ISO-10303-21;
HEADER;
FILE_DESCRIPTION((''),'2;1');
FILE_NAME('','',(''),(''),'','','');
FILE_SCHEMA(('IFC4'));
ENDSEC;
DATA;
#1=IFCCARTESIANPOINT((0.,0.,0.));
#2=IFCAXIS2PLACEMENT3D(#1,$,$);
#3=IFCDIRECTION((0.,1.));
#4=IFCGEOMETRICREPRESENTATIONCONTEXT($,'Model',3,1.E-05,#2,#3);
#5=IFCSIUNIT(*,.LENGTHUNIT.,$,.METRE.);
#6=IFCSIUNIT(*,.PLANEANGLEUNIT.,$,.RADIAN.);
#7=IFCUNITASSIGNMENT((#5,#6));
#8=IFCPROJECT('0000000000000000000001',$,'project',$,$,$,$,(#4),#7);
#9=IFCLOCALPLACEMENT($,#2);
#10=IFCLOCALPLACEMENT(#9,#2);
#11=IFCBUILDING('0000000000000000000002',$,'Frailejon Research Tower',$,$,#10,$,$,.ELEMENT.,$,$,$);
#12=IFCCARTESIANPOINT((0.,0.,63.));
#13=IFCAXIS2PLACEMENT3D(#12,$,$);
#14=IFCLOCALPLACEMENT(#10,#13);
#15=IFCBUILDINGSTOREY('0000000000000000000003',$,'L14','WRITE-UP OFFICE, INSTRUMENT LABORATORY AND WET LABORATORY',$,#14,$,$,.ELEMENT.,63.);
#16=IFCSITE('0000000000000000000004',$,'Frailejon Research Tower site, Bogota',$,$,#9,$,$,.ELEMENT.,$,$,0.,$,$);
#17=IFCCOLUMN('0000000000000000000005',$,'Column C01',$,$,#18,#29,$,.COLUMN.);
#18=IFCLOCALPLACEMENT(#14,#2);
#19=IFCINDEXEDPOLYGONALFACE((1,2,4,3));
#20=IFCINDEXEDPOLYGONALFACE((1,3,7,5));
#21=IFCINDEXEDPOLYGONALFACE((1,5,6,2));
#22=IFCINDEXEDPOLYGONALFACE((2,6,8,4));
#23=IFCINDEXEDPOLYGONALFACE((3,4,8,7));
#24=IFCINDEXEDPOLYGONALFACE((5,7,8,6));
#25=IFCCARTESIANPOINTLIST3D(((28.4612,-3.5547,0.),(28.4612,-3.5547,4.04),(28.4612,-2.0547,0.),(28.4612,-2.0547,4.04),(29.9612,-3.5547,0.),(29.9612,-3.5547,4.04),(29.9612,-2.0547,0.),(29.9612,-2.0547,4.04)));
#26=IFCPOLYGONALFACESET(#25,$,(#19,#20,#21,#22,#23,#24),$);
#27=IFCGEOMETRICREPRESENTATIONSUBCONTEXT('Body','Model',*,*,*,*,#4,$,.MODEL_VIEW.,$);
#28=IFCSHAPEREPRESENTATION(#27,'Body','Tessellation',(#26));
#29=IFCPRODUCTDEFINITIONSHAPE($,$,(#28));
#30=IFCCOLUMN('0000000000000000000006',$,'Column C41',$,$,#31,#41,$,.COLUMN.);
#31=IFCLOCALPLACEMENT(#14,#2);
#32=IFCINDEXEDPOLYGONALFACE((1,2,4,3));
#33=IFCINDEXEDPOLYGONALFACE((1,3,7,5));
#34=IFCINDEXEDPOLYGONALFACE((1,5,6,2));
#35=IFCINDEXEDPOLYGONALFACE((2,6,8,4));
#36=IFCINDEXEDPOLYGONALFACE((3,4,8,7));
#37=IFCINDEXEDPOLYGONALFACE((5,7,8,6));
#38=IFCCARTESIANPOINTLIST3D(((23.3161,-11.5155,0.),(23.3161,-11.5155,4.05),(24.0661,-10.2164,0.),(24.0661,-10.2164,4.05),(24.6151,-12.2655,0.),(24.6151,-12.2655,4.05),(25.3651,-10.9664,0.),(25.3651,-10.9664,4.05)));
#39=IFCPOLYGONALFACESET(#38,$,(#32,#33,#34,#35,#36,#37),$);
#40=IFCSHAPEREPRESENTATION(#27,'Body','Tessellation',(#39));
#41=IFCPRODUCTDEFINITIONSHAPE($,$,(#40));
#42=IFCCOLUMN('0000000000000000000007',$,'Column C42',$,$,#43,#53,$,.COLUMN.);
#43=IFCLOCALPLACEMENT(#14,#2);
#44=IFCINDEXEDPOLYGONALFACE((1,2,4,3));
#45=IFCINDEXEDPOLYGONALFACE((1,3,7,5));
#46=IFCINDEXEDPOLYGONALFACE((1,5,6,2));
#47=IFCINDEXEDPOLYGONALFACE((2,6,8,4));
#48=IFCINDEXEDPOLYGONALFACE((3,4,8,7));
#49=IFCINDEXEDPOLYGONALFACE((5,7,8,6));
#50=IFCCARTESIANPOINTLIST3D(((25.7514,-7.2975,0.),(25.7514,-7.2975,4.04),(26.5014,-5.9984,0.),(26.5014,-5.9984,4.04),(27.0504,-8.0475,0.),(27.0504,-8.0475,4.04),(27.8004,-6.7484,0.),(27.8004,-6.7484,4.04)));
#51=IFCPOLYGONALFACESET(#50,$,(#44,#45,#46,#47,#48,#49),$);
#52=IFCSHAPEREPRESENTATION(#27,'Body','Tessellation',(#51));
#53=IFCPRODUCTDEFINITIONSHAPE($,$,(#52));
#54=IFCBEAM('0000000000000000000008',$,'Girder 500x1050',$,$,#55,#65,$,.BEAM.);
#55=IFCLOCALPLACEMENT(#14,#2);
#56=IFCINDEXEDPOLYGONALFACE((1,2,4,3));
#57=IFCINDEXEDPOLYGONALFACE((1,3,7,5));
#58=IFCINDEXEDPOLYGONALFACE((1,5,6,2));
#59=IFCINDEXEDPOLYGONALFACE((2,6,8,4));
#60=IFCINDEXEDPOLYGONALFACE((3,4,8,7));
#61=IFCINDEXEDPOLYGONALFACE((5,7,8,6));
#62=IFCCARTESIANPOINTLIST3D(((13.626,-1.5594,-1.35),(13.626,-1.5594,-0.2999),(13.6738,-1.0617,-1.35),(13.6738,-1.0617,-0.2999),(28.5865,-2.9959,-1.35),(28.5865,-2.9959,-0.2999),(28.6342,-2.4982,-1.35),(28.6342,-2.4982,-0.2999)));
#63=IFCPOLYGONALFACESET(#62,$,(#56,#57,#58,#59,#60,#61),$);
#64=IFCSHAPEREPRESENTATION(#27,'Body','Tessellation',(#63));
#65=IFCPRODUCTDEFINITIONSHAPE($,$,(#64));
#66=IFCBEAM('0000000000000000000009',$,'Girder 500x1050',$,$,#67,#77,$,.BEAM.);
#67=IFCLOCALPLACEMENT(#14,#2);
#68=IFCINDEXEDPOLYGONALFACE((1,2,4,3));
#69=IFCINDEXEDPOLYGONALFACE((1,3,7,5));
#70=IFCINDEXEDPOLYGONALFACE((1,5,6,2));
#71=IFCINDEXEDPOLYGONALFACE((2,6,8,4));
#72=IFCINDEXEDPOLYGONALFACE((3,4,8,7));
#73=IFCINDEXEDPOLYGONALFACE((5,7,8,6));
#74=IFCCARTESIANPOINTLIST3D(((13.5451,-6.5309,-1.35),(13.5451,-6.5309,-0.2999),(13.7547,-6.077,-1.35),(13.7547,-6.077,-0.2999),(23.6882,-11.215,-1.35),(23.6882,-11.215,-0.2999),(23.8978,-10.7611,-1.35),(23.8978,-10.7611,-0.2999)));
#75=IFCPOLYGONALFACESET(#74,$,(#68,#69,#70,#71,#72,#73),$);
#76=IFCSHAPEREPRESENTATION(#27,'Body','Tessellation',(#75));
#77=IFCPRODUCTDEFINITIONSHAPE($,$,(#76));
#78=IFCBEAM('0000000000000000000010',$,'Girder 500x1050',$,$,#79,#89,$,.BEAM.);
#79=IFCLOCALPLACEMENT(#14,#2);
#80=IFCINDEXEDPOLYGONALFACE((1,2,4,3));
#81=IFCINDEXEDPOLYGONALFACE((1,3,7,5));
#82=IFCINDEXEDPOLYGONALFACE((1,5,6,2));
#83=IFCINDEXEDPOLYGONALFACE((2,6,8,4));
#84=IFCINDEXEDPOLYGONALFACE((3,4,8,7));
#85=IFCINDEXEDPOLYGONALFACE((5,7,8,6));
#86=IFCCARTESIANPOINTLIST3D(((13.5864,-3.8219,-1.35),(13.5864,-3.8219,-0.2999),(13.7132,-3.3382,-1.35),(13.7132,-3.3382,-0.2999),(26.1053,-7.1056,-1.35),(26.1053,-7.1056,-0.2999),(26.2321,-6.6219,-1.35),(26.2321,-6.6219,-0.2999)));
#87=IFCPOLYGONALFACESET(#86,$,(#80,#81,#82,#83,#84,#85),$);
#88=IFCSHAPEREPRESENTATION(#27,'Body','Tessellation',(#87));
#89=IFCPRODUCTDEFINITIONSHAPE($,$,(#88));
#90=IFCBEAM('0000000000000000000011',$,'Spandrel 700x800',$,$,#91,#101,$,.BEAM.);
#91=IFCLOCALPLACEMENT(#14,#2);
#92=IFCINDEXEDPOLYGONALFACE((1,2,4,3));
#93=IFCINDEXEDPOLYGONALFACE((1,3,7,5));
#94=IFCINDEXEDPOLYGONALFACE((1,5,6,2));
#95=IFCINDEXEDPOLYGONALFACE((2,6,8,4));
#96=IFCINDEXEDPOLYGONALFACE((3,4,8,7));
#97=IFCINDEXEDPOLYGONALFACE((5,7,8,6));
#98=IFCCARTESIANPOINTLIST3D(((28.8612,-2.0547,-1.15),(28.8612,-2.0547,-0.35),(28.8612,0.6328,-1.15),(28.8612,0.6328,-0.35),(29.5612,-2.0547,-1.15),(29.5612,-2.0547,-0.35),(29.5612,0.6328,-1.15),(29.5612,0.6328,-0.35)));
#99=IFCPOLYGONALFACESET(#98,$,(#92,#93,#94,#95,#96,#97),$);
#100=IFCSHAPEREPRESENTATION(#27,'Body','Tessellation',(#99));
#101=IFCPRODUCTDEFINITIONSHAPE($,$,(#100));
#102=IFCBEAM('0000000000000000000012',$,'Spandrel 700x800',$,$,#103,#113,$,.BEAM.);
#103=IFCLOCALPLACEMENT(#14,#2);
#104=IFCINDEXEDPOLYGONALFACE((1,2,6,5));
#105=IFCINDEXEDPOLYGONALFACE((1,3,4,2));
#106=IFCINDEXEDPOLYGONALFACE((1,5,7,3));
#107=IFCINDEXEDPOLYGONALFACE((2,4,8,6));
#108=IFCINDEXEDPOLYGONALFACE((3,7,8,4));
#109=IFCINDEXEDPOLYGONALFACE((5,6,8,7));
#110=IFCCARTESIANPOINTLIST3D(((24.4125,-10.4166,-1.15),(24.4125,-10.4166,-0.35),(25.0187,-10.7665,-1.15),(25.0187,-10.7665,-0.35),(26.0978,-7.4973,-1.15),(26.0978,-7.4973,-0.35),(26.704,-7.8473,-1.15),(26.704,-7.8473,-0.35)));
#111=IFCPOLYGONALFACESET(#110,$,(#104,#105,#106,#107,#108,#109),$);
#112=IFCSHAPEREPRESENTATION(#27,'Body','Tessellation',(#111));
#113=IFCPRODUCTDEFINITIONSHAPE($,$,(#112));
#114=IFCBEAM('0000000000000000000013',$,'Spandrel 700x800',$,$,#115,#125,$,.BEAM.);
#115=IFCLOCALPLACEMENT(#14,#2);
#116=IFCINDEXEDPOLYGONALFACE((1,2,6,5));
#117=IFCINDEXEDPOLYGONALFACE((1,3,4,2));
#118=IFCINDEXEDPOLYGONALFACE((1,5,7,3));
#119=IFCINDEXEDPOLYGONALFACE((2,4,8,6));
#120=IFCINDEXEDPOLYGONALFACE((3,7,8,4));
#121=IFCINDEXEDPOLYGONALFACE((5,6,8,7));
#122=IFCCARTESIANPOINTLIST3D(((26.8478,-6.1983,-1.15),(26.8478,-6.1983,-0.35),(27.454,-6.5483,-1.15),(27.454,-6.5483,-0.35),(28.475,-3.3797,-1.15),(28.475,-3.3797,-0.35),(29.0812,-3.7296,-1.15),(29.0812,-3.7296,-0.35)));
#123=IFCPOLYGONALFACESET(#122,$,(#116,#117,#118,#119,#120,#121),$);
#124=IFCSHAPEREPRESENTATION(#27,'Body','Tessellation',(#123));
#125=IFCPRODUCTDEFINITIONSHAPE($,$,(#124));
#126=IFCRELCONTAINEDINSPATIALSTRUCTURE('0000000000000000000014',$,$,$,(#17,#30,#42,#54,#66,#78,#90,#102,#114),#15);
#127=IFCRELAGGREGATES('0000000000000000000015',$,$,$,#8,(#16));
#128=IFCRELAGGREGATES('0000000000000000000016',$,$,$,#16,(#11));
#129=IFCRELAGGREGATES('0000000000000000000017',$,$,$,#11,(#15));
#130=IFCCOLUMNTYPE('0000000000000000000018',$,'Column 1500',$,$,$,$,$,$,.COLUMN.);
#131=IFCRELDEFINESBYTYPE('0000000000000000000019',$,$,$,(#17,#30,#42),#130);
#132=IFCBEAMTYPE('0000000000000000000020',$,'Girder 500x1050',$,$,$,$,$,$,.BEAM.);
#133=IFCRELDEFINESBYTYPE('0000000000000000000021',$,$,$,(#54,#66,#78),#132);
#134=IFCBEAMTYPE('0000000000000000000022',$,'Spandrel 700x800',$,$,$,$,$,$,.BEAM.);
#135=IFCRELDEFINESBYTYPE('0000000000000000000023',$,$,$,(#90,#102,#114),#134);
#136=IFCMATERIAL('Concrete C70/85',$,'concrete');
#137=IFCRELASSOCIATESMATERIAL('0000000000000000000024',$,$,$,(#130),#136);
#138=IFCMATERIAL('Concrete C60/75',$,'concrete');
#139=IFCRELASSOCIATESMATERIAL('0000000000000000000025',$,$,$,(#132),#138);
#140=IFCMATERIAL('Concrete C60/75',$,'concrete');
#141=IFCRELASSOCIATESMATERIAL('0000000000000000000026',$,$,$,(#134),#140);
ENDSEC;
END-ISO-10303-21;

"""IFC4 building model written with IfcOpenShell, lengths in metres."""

from ifc_helpers import new_model, si_unit, direction, frame, origin, origin_2d, place, context, subcontext, project, spatial, rectangle, extrude, material, material_profile, profile_set, type_object, element, save


model = new_model("IFC4")

# Units and contexts
model_context = context("Model", 3, precision=1e-05, world=origin(), true_north=direction((0.0, 1.0)))
body_context = subcontext(model_context, "Body", "Model", "MODEL_VIEW")
ifc_project = project(units=[si_unit("LENGTHUNIT", "METRE"), si_unit("PLANEANGLEUNIT", "RADIAN")], contexts=[model_context])

# Site, building, storey
site_placement = place(None, origin())
site = spatial("IfcSite", under=ifc_project, at=site_placement, Name="Frailejon Research Tower site, Bogota", CompositionType="ELEMENT", RefElevation=0.0)
building_placement = place(site_placement, origin())
building = spatial("IfcBuilding", under=site, at=building_placement, Name="Frailejon Research Tower", CompositionType="ELEMENT")
storey_placement = place(building_placement, frame((0.0, 0.0, 63.0)))
storey = spatial("IfcBuildingStorey", under=building, at=storey_placement, Name="L14", Description="WRITE-UP OFFICE, INSTRUMENT LABORATORY AND WET LABORATORY", CompositionType="ELEMENT", Elevation=63.0)

# Columns
ifc_material_1 = material(Name="Concrete C70/85", Category="concrete")
ifc_material_profile_1 = material_profile(ifc_material_1, rectangle(XDim=1.5, YDim=1.5, at=origin_2d()), Name="Column 1500")
ifc_profile_set_1 = profile_set([ifc_material_profile_1], Name="Concrete C70/85")
column_type = type_object("IfcColumnType", Name="Column 1500", PredefinedType="COLUMN", material=ifc_profile_set_1)
column_1_placement = place(storey_placement, frame((29.2112, -2.8047, 0.0), z_axis=(0.0, 0.0, 1.0), x_axis=(0.0, 1.0, 0.0)))
element("IfcColumn", 1, at=column_1_placement, inside=storey, type_object=column_type, Name="Column C01", PredefinedType="COLUMN", context=body_context, shape_type="SweptSolid", body=[
    extrude(rectangle(XDim=1.5, YDim=1.5, at=origin_2d()), origin(), (0.0, 0.0, 1.0), 4.04),
])
column_2_placement = place(storey_placement, frame((24.3406, -11.241, 0.0), z_axis=(0.0, 0.0, 1.0), x_axis=(0.5, 0.866025, 0.0)))
element("IfcColumn", 2, at=column_2_placement, inside=storey, type_object=column_type, Name="Column C41", PredefinedType="COLUMN", context=body_context, shape_type="SweptSolid", body=[
    extrude(rectangle(XDim=1.5, YDim=1.5, at=origin_2d()), origin(), (0.0, 0.0, 1.0), 4.05),
])
column_3_placement = place(storey_placement, frame((26.7759, -7.0229, 0.0), z_axis=(0.0, 0.0, 1.0), x_axis=(0.5, 0.866025, 0.0)))
element("IfcColumn", 3, at=column_3_placement, inside=storey, type_object=column_type, Name="Column C42", PredefinedType="COLUMN", context=body_context, shape_type="SweptSolid", body=[
    extrude(rectangle(XDim=1.5, YDim=1.5, at=origin_2d()), origin(), (0.0, 0.0, 1.0), 4.04),
])

# Beams
ifc_material_2 = material(Name="Concrete C60/75", Category="concrete")
ifc_material_profile_2 = material_profile(ifc_material_2, rectangle(XDim=0.5, YDim=1.05, at=origin_2d()), Name="Girder 500x1050")
ifc_profile_set_2 = profile_set([ifc_material_profile_2], Name="Concrete C60/75")
beam_type_1 = type_object("IfcBeamType", Name="Girder 500x1050", PredefinedType="BEAM", material=ifc_profile_set_2)
beam_1_placement = place(storey_placement, frame((28.6104, -2.7471, -0.825), z_axis=(-0.995422, 0.095582, 0.0), x_axis=(-0.095582, -0.995422, 0.0)))
element("IfcBeam", 4, at=beam_1_placement, inside=storey, type_object=beam_type_1, Name="Girder 500x1050", PredefinedType="BEAM", context=body_context, shape_type="SweptSolid", body=[
    extrude(rectangle(XDim=0.5, YDim=1.05, at=origin_2d()), origin(), (0.0, 0.0, 1.0), 15.0293),
])
beam_2_placement = place(storey_placement, frame((23.793, -10.988, -0.825), z_axis=(-0.907869, 0.419255, 0.0), x_axis=(-0.419255, -0.907869, 0.0)))
element("IfcBeam", 5, at=beam_2_placement, inside=storey, type_object=beam_type_1, Name="Girder 500x1050", PredefinedType="BEAM", context=body_context, shape_type="SweptSolid", body=[
    extrude(rectangle(XDim=0.5, YDim=1.05, at=origin_2d()), origin(), (0.0, 0.0, 1.0), 11.1724),
])
beam_3_placement = place(storey_placement, frame((26.1687, -6.8638, -0.825), z_axis=(-0.967278, 0.253718, 0.0), x_axis=(-0.253718, -0.967278, 0.0)))
element("IfcBeam", 6, at=beam_3_placement, inside=storey, type_object=beam_type_1, Name="Girder 500x1050", PredefinedType="BEAM", context=body_context, shape_type="SweptSolid", body=[
    extrude(rectangle(XDim=0.5, YDim=1.05, at=origin_2d()), origin(), (0.0, 0.0, 1.0), 12.9424),
])
ifc_material_3 = material(Name="Concrete C60/75", Category="concrete")
ifc_material_profile_3 = material_profile(ifc_material_3, rectangle(XDim=0.7, YDim=0.8, at=origin_2d()), Name="Spandrel 700x800")
ifc_profile_set_3 = profile_set([ifc_material_profile_3], Name="Concrete C60/75")
beam_type_2 = type_object("IfcBeamType", Name="Spandrel 700x800", PredefinedType="BEAM", material=ifc_profile_set_3)
beam_4_placement = place(storey_placement, frame((29.2112, -2.0547, -0.75), z_axis=(0.0, 1.0, 0.0), x_axis=(-1.0, 0.0, 0.0)))
element("IfcBeam", 7, at=beam_4_placement, inside=storey, type_object=beam_type_2, Name="Spandrel 700x800", PredefinedType="BEAM", context=body_context, shape_type="SweptSolid", body=[
    extrude(rectangle(XDim=0.7, YDim=0.8, at=origin_2d()), origin(), (0.0, 0.0, 1.0), 2.6875),
])
beam_5_placement = place(storey_placement, frame((24.7156, -10.5916, -0.75), z_axis=(0.49998, 0.866037, 0.0), x_axis=(-0.866037, 0.49998, 0.0)))
element("IfcBeam", 8, at=beam_5_placement, inside=storey, type_object=beam_type_2, Name="Spandrel 700x800", PredefinedType="BEAM", context=body_context, shape_type="SweptSolid", body=[
    extrude(rectangle(XDim=0.7, YDim=0.8, at=origin_2d()), origin(), (0.0, 0.0, 1.0), 3.3708),
])
beam_6_placement = place(storey_placement, frame((27.1509, -6.3733, -0.75), z_axis=(0.499971, 0.866042, 0.0), x_axis=(-0.866042, 0.499971, 0.0)))
element("IfcBeam", 9, at=beam_6_placement, inside=storey, type_object=beam_type_2, Name="Spandrel 700x800", PredefinedType="BEAM", context=body_context, shape_type="SweptSolid", body=[
    extrude(rectangle(XDim=0.7, YDim=0.8, at=origin_2d()), origin(), (0.0, 0.0, 1.0), 3.2546),
])

save(model, "model.ifc")
